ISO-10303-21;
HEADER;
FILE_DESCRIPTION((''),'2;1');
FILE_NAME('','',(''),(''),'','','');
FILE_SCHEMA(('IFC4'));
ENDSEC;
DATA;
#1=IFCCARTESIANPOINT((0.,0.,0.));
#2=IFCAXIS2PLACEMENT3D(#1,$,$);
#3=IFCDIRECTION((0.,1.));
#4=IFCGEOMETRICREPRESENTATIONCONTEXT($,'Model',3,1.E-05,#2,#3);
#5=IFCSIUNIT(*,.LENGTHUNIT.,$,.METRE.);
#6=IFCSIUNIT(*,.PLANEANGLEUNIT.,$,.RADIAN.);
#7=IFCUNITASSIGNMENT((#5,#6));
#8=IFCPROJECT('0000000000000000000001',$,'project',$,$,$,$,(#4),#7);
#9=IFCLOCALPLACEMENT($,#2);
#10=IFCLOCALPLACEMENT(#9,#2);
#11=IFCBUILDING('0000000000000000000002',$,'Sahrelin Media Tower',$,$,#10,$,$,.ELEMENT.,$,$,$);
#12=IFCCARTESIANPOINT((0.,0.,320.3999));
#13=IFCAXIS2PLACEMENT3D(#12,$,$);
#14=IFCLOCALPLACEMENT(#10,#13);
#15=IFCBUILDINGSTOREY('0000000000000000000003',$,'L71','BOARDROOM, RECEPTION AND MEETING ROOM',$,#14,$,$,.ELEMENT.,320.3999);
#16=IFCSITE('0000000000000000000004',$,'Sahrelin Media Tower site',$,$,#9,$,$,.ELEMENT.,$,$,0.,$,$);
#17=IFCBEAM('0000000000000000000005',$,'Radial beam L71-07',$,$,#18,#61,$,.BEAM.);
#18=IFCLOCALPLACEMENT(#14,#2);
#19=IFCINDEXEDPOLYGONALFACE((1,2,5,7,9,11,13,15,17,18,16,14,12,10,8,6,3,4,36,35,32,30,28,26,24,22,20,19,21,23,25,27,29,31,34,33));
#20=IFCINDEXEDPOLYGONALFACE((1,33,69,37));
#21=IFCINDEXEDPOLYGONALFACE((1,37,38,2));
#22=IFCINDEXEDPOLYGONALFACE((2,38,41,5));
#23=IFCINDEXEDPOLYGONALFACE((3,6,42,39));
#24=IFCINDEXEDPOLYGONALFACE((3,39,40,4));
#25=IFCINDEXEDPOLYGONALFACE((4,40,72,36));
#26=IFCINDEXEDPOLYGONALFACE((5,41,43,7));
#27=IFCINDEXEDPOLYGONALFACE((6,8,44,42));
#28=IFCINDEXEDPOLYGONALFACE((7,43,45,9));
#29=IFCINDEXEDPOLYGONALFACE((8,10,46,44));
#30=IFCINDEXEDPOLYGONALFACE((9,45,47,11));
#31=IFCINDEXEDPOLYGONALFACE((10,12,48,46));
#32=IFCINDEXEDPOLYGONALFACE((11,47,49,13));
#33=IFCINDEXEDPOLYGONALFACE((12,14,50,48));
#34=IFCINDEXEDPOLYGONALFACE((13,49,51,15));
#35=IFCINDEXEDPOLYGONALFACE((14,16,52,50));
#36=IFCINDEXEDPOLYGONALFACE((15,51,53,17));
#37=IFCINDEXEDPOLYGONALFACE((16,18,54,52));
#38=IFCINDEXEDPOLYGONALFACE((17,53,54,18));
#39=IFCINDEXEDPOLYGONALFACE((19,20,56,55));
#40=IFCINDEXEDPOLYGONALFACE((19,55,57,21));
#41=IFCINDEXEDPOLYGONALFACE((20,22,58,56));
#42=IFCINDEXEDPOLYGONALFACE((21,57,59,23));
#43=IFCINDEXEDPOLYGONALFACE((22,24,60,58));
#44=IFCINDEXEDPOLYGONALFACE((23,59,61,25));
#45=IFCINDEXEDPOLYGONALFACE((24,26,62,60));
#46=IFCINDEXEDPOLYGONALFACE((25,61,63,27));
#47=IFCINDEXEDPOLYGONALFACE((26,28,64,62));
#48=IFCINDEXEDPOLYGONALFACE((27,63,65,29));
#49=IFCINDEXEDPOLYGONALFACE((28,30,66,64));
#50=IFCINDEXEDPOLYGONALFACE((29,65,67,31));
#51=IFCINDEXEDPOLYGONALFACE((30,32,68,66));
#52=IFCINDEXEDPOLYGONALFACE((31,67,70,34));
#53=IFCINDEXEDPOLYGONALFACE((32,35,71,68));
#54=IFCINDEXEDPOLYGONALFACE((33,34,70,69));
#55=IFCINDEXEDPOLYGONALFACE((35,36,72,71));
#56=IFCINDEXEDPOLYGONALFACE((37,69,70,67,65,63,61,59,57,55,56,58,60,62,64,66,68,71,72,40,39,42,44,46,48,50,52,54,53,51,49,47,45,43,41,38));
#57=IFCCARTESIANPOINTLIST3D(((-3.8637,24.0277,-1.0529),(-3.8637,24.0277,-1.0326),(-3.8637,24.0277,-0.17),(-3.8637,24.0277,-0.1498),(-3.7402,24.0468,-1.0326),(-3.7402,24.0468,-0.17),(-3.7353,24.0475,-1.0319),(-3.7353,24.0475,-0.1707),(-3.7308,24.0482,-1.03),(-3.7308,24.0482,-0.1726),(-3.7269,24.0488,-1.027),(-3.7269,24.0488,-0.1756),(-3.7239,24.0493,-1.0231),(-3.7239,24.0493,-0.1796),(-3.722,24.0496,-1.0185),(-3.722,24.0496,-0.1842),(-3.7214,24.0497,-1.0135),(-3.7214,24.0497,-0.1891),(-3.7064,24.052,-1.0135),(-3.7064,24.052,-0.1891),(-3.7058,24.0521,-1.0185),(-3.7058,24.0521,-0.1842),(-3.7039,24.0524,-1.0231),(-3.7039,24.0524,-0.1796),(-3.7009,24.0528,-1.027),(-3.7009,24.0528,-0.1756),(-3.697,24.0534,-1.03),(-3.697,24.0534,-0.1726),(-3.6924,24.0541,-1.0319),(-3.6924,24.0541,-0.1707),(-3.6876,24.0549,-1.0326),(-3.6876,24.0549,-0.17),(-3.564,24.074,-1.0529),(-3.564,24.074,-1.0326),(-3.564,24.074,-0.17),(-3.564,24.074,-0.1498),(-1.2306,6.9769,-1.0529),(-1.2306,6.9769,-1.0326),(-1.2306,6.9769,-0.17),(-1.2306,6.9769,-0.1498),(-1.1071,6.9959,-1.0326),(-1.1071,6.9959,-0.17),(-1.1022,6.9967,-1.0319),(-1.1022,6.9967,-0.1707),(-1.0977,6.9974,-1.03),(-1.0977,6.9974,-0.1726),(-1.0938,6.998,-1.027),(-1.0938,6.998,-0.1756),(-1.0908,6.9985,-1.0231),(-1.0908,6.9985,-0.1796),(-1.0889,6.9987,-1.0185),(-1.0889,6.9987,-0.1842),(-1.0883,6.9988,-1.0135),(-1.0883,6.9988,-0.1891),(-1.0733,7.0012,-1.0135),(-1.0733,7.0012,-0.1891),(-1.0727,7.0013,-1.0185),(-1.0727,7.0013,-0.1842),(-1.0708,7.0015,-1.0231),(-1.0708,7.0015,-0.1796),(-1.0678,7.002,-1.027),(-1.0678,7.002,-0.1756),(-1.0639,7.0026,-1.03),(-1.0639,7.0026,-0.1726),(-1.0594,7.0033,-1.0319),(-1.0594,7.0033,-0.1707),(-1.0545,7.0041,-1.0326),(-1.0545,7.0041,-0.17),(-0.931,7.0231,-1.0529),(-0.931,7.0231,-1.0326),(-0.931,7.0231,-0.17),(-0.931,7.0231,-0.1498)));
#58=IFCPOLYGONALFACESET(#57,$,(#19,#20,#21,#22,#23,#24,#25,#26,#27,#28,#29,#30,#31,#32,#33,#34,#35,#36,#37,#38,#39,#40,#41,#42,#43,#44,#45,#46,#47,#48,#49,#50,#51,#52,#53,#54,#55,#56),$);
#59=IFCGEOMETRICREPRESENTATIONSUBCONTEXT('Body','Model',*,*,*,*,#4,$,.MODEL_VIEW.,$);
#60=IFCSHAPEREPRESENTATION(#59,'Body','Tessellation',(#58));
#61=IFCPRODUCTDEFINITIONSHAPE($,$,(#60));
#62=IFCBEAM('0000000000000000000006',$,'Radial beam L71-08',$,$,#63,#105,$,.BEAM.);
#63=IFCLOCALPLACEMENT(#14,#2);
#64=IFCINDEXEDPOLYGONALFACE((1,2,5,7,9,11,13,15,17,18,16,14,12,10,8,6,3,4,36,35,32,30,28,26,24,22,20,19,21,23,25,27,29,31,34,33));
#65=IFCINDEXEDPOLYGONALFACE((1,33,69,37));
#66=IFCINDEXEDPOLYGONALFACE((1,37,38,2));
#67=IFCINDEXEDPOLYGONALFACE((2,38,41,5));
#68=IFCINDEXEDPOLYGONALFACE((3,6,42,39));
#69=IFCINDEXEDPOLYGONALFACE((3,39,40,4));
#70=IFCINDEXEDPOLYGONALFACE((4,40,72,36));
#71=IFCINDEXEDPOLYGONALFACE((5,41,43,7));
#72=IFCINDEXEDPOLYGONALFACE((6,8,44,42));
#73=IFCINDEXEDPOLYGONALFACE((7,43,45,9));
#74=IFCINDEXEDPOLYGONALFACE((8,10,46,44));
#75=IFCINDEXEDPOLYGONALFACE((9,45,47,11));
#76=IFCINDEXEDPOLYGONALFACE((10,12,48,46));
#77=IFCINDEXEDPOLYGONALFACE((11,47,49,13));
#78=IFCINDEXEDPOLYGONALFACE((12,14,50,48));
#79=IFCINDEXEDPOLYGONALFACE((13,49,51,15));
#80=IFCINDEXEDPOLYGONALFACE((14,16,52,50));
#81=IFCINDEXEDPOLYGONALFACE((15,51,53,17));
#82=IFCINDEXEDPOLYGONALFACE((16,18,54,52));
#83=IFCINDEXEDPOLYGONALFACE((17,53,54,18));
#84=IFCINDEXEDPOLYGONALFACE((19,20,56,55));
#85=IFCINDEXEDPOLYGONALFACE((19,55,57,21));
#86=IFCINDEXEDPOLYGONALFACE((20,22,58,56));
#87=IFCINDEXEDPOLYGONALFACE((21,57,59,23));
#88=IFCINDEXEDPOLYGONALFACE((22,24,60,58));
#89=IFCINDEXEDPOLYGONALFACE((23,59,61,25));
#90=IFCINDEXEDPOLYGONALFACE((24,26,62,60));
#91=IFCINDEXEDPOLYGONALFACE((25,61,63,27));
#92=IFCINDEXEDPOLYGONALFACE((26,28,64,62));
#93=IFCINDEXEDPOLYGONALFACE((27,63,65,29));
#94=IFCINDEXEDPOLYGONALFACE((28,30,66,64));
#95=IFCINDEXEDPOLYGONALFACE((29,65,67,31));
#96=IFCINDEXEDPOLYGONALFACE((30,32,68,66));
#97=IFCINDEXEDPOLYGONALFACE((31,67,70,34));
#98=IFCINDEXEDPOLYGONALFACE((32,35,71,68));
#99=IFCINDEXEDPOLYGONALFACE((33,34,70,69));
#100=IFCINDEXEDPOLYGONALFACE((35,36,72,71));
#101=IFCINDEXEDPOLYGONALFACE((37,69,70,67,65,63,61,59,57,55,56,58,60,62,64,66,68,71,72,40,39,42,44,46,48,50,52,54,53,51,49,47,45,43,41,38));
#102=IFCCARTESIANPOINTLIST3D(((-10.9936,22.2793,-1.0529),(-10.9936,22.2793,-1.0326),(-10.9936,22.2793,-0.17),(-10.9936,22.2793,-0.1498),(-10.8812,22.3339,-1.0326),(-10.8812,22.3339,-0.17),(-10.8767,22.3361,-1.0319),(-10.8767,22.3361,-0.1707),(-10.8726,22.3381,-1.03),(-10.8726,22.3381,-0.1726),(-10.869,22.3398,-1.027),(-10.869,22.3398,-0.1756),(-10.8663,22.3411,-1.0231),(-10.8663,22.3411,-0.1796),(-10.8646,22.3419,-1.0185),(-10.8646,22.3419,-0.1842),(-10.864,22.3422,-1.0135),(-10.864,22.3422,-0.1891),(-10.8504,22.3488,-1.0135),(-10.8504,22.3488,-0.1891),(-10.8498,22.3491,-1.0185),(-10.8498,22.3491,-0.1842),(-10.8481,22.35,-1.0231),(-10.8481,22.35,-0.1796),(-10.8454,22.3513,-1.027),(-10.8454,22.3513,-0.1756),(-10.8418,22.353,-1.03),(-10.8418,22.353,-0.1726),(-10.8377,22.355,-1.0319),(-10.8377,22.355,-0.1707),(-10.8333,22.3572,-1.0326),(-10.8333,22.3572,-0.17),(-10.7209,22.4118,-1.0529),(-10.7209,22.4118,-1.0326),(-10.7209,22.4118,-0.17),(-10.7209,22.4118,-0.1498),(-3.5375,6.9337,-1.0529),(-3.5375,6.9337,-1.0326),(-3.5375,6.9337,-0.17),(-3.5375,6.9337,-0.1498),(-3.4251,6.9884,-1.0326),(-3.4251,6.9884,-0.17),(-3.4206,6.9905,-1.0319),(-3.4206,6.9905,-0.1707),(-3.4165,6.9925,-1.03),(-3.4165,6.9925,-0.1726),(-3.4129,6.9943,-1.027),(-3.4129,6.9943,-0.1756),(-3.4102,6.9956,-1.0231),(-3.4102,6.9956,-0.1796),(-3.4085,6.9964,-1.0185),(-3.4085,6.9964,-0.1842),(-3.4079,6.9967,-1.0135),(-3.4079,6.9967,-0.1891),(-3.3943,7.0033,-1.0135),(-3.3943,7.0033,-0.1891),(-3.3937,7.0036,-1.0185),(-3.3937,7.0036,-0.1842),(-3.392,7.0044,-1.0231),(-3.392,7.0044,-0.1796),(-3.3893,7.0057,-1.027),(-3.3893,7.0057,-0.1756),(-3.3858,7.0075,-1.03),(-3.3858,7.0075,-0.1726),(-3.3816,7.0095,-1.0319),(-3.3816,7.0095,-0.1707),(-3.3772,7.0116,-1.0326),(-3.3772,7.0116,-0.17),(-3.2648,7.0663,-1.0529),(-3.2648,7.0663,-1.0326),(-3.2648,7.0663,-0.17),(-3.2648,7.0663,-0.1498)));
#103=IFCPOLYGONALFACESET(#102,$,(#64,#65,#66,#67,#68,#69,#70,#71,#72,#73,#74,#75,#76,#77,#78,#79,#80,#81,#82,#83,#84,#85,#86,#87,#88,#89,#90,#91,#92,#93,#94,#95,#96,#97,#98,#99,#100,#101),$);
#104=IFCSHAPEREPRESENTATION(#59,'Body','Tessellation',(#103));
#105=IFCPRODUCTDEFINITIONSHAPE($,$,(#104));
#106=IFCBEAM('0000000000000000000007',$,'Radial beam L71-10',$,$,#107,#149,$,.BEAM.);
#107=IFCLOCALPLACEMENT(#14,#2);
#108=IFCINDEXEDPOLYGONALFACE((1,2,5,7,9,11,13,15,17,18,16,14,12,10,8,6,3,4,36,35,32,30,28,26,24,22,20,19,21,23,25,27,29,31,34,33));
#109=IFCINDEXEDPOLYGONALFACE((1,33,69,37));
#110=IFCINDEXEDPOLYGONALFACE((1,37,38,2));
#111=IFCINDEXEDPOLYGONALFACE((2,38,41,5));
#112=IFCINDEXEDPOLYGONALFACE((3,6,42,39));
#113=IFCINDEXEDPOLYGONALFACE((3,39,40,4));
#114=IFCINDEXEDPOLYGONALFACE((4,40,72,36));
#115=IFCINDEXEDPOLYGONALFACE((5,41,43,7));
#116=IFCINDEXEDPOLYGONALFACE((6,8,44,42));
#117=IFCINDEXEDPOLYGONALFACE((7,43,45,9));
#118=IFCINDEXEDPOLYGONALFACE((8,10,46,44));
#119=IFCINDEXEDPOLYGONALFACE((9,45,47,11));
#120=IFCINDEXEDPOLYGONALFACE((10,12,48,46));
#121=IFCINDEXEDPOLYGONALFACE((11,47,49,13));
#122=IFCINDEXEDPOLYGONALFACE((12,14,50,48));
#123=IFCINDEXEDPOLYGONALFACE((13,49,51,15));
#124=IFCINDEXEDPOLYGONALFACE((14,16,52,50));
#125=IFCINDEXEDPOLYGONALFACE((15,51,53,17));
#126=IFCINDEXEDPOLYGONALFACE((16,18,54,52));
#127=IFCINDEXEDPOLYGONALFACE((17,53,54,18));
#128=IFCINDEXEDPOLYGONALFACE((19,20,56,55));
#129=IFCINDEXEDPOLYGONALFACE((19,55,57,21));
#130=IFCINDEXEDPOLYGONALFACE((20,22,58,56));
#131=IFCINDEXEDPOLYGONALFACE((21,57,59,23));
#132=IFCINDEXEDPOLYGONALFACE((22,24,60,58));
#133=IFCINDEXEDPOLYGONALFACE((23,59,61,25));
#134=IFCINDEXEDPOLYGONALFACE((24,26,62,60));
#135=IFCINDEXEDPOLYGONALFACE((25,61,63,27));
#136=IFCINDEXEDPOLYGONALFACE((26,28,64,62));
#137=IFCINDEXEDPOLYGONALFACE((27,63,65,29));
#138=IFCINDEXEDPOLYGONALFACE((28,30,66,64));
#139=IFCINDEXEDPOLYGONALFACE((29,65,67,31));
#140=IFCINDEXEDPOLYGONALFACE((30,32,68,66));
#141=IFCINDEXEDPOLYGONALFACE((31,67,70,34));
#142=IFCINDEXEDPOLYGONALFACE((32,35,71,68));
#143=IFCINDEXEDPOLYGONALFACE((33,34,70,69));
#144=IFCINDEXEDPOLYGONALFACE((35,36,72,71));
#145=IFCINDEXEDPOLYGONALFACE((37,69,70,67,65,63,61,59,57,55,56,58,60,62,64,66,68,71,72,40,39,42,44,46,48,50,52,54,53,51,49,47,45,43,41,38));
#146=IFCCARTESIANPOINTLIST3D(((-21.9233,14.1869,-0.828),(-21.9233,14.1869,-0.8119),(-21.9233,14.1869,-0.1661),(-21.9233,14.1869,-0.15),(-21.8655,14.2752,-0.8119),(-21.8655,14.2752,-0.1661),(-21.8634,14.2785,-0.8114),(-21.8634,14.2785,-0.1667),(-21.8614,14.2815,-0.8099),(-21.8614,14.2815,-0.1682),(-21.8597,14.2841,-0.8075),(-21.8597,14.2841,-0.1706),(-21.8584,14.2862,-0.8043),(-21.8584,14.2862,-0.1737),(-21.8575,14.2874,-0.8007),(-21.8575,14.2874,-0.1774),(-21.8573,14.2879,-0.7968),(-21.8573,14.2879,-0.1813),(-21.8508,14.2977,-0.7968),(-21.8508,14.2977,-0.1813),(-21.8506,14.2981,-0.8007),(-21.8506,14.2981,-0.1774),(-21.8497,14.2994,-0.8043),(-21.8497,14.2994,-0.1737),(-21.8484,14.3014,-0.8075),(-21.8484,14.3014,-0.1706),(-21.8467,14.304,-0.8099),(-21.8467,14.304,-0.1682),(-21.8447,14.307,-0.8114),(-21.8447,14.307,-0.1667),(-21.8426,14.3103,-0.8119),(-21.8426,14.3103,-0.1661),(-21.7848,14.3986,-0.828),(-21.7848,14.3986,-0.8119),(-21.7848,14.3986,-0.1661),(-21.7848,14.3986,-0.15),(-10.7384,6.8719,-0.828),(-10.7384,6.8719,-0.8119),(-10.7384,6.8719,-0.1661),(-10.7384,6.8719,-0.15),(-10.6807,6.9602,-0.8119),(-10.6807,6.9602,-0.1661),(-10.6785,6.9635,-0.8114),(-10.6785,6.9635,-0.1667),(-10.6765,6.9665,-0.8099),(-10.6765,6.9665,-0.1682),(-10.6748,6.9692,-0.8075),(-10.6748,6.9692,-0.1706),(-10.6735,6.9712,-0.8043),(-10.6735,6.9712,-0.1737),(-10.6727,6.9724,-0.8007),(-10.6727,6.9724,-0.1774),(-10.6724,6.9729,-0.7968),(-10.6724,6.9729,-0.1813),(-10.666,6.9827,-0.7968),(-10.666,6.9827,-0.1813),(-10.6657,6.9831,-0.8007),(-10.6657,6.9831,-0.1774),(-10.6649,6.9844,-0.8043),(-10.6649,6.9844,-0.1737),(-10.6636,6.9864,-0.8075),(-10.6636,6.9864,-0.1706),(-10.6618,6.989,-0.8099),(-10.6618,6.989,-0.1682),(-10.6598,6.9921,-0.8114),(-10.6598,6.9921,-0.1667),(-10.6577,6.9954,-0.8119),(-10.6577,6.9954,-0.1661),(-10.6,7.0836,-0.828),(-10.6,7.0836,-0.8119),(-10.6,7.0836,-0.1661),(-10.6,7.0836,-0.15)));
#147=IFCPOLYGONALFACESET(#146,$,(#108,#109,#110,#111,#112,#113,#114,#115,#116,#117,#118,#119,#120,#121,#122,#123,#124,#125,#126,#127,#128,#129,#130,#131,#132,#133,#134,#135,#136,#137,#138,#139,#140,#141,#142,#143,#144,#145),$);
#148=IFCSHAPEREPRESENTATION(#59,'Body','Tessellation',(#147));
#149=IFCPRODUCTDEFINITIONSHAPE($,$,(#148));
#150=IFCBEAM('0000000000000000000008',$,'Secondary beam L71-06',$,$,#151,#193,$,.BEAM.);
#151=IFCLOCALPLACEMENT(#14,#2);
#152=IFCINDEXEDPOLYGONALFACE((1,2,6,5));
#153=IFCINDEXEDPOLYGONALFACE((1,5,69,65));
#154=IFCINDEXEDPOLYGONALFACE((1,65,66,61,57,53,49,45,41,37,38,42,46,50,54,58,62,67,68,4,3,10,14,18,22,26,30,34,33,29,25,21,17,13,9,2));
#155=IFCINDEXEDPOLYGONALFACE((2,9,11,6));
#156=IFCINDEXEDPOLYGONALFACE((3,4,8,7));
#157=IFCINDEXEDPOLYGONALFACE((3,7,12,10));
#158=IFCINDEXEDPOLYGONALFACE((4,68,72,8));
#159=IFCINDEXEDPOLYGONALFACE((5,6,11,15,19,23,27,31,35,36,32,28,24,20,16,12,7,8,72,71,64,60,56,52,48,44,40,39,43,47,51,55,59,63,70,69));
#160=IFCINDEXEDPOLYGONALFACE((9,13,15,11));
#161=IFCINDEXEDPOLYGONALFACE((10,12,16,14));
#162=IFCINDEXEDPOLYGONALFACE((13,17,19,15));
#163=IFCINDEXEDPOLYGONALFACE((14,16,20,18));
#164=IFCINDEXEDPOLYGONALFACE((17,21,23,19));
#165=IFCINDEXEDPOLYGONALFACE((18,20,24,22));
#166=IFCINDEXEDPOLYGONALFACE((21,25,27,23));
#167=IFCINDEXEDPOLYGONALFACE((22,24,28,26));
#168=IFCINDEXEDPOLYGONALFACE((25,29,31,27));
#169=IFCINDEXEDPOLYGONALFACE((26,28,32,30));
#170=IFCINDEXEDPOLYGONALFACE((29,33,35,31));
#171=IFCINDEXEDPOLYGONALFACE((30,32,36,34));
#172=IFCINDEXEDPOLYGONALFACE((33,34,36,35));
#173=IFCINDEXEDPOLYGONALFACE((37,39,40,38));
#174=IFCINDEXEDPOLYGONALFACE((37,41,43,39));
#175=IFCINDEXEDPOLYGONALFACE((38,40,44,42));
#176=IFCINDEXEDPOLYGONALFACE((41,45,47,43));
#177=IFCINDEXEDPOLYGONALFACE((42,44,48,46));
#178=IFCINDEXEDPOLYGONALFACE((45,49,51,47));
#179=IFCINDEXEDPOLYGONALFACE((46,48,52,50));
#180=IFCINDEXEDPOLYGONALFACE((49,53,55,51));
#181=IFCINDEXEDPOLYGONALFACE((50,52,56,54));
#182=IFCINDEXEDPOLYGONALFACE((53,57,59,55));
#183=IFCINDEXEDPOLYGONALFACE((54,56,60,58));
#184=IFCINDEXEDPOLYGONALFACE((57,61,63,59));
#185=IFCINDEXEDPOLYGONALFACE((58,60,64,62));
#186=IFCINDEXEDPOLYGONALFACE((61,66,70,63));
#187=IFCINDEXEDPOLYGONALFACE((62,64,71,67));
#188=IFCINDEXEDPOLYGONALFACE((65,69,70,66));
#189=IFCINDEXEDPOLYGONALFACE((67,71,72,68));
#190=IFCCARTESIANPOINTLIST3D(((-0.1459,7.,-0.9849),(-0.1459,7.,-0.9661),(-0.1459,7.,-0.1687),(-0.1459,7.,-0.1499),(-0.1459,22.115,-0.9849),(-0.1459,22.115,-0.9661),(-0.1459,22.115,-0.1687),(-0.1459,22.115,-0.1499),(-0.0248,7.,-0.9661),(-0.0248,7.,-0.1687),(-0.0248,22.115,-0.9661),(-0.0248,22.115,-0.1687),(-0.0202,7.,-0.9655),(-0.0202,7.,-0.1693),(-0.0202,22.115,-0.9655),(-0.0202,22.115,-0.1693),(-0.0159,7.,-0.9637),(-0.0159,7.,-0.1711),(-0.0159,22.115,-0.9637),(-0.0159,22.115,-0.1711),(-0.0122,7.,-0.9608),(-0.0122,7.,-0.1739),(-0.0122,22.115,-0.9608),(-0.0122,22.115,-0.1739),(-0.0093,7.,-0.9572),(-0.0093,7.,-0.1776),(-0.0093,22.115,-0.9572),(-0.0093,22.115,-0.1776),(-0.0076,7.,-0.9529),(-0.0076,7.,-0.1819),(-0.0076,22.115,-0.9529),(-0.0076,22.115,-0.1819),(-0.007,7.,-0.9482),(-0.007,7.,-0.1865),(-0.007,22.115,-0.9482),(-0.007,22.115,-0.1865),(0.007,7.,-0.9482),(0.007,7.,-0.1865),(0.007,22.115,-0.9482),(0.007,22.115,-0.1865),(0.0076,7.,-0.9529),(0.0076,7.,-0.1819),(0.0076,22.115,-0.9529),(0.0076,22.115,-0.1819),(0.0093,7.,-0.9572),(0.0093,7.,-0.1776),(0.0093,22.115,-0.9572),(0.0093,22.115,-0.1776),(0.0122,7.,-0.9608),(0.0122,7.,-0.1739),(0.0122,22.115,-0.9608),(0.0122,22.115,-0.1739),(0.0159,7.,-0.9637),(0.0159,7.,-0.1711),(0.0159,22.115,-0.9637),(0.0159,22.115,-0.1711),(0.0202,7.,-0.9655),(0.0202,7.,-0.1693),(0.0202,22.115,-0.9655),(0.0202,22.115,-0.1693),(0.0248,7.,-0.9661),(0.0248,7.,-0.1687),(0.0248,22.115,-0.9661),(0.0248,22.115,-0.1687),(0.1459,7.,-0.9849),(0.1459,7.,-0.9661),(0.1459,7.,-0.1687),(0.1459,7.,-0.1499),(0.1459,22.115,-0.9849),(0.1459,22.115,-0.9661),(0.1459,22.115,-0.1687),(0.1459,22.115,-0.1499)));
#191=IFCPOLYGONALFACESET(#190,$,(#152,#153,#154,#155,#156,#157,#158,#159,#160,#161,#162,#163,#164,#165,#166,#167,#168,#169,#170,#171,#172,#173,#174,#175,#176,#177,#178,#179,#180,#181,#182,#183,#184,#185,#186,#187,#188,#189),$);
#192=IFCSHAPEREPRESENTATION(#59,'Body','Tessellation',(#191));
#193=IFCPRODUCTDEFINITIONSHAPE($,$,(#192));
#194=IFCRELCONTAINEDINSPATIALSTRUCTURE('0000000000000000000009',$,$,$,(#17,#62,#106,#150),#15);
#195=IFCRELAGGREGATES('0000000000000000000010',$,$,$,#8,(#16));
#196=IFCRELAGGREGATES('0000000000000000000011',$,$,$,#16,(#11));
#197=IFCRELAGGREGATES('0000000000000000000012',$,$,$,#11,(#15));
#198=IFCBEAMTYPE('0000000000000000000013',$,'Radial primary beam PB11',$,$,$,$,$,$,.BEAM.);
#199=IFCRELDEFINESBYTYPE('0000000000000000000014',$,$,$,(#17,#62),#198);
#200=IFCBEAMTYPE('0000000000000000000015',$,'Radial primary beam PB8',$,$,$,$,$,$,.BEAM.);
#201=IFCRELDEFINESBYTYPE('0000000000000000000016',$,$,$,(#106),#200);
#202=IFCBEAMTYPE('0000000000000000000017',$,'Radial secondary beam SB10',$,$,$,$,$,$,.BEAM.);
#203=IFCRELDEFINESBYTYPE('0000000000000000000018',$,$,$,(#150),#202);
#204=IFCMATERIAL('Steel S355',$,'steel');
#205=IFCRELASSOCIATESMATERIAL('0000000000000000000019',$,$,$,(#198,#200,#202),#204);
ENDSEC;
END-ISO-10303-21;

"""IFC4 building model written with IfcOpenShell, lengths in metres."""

from ifc_helpers import new_model, si_unit, direction, frame, origin, origin_2d, place, context, subcontext, project, spatial, i_section, extrude, material, material_profile, profile_set, type_object, element, save


model = new_model("IFC4")

# Units and contexts
model_context = context("Model", 3, precision=1e-05, world=origin(), true_north=direction((0.0, 1.0)))
body_context = subcontext(model_context, "Body", "Model", "MODEL_VIEW")
ifc_project = project(units=[si_unit("LENGTHUNIT", "METRE"), si_unit("PLANEANGLEUNIT", "RADIAN")], contexts=[model_context])

# Site, building, storey
site_placement = place(None, origin())
site = spatial("IfcSite", under=ifc_project, at=site_placement, Name="Sahrelin Media Tower site", CompositionType="ELEMENT", RefElevation=0.0)
building_placement = place(site_placement, origin())
building = spatial("IfcBuilding", under=site, at=building_placement, Name="Sahrelin Media Tower", CompositionType="ELEMENT")
storey_placement = place(building_placement, frame((0.0, 0.0, 320.3999)))
storey = spatial("IfcBuildingStorey", under=building, at=storey_placement, Name="L71", Description="BOARDROOM, RECEPTION AND MEETING ROOM", CompositionType="ELEMENT", Elevation=320.3999)

# Shared definitions
ifc_material_1 = material(Name="Steel S355", Category="steel")

# Beams
ifc_material_profile_1 = material_profile(ifc_material_1, i_section(OverallWidth=0.3032, OverallDepth=0.9031, WebThickness=0.0151, FlangeThickness=0.0203, FilletRadius=0.019, at=origin_2d()), Name="UB 914x305x201")
ifc_profile_set_1 = profile_set([ifc_material_profile_1], Name="Steel S355")
beam_type_1 = type_object("IfcBeamType", Name="Radial primary beam PB11", PredefinedType="BEAM", material=ifc_profile_set_1)
beam_1_placement = place(storey_placement, frame((-1.0808, 7.0, -0.6013), z_axis=(-0.152615, 0.988286, 0.0), x_axis=(-0.988286, -0.152615, 0.0)))
element("IfcBeam", 1, at=beam_1_placement, inside=storey, type_object=beam_type_1, Name="Radial beam L71-07", PredefinedType="BEAM", context=body_context, shape_type="SweptSolid", body=[
    extrude(i_section(OverallWidth=0.3032, OverallDepth=0.9031, WebThickness=0.0151, FlangeThickness=0.0203, FilletRadius=0.019, at=origin_2d()), origin(), (0.0, 0.0, 1.0), 17.2529),
])
beam_2_placement = place(storey_placement, frame((-3.4011, 7.0, -0.6013), z_axis=(-0.437025, 0.89945, 0.0), x_axis=(-0.89945, -0.437025, 0.0)))
element("IfcBeam", 2, at=beam_2_placement, inside=storey, type_object=beam_type_1, Name="Radial beam L71-08", PredefinedType="BEAM", context=body_context, shape_type="SweptSolid", body=[
    extrude(i_section(OverallWidth=0.3032, OverallDepth=0.9031, WebThickness=0.0151, FlangeThickness=0.0203, FilletRadius=0.019, at=origin_2d()), origin(), (0.0, 0.0, 1.0), 17.061),
])
ifc_material_profile_2 = material_profile(ifc_material_1, i_section(OverallWidth=0.2529, OverallDepth=0.678, WebThickness=0.0117, FlangeThickness=0.0161, FilletRadius=0.0151, at=origin_2d()), Name="UB 686x254x125")
ifc_profile_set_2 = profile_set([ifc_material_profile_2], Name="Steel S355")
beam_type_2 = type_object("IfcBeamType", Name="Radial primary beam PB8", PredefinedType="BEAM", material=ifc_profile_set_2)
beam_3_placement = place(storey_placement, frame((-10.6692, 6.9778, -0.489), z_axis=(-0.836908, 0.547343, 0.0), x_axis=(-0.547343, -0.836908, 0.0)))
element("IfcBeam", 3, at=beam_3_placement, inside=storey, type_object=beam_type_2, Name="Radial beam L71-10", PredefinedType="BEAM", context=body_context, shape_type="SweptSolid", body=[
    extrude(i_section(OverallWidth=0.2529, OverallDepth=0.678, WebThickness=0.0117, FlangeThickness=0.0161, FilletRadius=0.0151, at=origin_2d()), origin(), (0.0, 0.0, 1.0), 13.3645),
])
ifc_material_profile_3 = material_profile(ifc_material_1, i_section(OverallWidth=0.2917, OverallDepth=0.835, WebThickness=0.0139, FlangeThickness=0.0188, FilletRadius=0.0178, at=origin_2d()), Name="UB 838x292x176")
ifc_profile_set_3 = profile_set([ifc_material_profile_3], Name="Steel S355")
beam_type_3 = type_object("IfcBeamType", Name="Radial secondary beam SB10", PredefinedType="BEAM", material=ifc_profile_set_3)
beam_4_placement = place(storey_placement, frame((0.0, 7.0, -0.5674), z_axis=(0.0, 1.0, 0.0), x_axis=(-1.0, 0.0, 0.0)))
element("IfcBeam", 4, at=beam_4_placement, inside=storey, type_object=beam_type_3, Name="Secondary beam L71-06", PredefinedType="BEAM", context=body_context, shape_type="SweptSolid", body=[
    extrude(i_section(OverallWidth=0.2917, OverallDepth=0.835, WebThickness=0.0139, FlangeThickness=0.0188, FilletRadius=0.0178, at=origin_2d()), origin(), (0.0, 0.0, 1.0), 15.115),
])

save(model, "model.ifc")
